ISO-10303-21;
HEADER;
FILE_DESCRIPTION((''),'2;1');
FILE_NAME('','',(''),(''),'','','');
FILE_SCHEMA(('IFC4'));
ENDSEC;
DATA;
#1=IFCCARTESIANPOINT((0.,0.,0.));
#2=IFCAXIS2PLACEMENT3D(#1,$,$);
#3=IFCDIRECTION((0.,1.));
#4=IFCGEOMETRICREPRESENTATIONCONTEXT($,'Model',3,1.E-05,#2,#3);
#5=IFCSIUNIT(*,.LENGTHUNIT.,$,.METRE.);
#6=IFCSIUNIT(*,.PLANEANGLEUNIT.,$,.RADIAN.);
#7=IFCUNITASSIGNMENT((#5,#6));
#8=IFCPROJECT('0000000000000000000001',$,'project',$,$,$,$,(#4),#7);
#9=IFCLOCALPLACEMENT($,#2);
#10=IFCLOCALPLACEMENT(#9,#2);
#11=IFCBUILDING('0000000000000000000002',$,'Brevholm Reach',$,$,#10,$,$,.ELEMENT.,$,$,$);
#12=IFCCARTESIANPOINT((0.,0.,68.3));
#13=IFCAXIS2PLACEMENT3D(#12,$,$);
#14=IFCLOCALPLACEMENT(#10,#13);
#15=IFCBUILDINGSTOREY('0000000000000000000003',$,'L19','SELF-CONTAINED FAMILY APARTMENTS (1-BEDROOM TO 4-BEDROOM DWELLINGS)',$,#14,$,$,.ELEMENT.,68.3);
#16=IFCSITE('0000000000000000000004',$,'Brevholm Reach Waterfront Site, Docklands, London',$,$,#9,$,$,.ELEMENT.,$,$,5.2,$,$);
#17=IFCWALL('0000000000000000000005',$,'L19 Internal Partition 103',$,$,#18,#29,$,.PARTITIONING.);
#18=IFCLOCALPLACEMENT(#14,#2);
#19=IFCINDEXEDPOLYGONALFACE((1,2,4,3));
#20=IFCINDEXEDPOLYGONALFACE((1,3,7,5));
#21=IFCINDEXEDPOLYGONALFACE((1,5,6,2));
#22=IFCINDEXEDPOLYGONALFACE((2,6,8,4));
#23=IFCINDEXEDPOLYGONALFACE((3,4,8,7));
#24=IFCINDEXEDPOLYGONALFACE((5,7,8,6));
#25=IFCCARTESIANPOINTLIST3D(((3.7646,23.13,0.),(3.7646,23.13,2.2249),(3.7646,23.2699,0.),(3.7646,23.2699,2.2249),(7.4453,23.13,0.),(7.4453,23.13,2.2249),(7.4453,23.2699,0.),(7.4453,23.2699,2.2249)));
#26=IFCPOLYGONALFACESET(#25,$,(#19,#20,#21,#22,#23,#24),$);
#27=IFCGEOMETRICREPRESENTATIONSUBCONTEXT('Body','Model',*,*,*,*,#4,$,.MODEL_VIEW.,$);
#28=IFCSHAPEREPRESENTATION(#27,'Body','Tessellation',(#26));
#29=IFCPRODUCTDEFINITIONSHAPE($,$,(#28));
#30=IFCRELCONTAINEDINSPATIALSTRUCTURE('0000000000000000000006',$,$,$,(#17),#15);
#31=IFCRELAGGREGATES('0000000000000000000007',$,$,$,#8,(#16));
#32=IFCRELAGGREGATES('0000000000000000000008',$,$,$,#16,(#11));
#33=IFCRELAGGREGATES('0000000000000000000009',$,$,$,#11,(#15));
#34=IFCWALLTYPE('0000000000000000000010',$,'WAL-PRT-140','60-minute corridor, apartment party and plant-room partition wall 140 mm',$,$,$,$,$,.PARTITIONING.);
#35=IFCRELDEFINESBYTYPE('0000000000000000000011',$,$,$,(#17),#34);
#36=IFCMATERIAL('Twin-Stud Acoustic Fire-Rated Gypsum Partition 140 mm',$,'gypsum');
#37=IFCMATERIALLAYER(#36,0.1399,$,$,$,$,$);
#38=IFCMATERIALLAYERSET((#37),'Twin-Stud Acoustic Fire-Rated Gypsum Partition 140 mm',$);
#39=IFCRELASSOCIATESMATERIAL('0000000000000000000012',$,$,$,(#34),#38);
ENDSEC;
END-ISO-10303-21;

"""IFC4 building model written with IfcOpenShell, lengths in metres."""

from ifc_helpers import new_model, si_unit, direction, frame, frame_2d, origin, place, context, subcontext, project, spatial, rectangle, extrude, material, layer, layer_set, type_object, element, save


model = new_model("IFC4")

# Units and contexts
model_context = context("Model", 3, precision=1e-05, world=origin(), true_north=direction((0.0, 1.0)))
body_context = subcontext(model_context, "Body", "Model", "MODEL_VIEW")
ifc_project = project(units=[si_unit("LENGTHUNIT", "METRE"), si_unit("PLANEANGLEUNIT", "RADIAN")], contexts=[model_context])

# Site, building, storey
site_placement = place(None, origin())
site = spatial("IfcSite", under=ifc_project, at=site_placement, Name="Brevholm Reach Waterfront Site, Docklands, London", CompositionType="ELEMENT", RefElevation=5.2)
building_placement = place(site_placement, origin())
building = spatial("IfcBuilding", under=site, at=building_placement, Name="Brevholm Reach", CompositionType="ELEMENT")
storey_placement = place(building_placement, frame((0.0, 0.0, 68.3)))
storey = spatial("IfcBuildingStorey", under=building, at=storey_placement, Name="L19", Description="SELF-CONTAINED FAMILY APARTMENTS (1-BEDROOM TO 4-BEDROOM DWELLINGS)", CompositionType="ELEMENT", Elevation=68.3)

# Wall
ifc_material_1 = material(Name="Twin-Stud Acoustic Fire-Rated Gypsum Partition 140 mm", Category="gypsum")
ifc_layer_1 = layer(ifc_material_1, 0.1399)
ifc_layer_set_1 = layer_set([ifc_layer_1], Name="Twin-Stud Acoustic Fire-Rated Gypsum Partition 140 mm")
wall_type_1 = type_object("IfcWallType", Name="WAL-PRT-140", Description="60-minute corridor, apartment party and plant-room partition wall 140 mm", PredefinedType="PARTITIONING", material=ifc_layer_set_1)
wall_1_placement = place(storey_placement, frame((3.7646, 23.2, 0.0), z_axis=(0.0, 0.0, 1.0), x_axis=(1.0, 0.0, 0.0)))
element("IfcWall", 1, at=wall_1_placement, inside=storey, type_object=wall_type_1, Name="L19 Internal Partition 103", PredefinedType="PARTITIONING", context=body_context, shape_type="SweptSolid", body=[
    extrude(rectangle(XDim=3.6807, YDim=0.1399, at=frame_2d((1.8403, 0.0))), origin(), (0.0, 0.0, 1.0), 2.2249),
])

save(model, "model.ifc")
